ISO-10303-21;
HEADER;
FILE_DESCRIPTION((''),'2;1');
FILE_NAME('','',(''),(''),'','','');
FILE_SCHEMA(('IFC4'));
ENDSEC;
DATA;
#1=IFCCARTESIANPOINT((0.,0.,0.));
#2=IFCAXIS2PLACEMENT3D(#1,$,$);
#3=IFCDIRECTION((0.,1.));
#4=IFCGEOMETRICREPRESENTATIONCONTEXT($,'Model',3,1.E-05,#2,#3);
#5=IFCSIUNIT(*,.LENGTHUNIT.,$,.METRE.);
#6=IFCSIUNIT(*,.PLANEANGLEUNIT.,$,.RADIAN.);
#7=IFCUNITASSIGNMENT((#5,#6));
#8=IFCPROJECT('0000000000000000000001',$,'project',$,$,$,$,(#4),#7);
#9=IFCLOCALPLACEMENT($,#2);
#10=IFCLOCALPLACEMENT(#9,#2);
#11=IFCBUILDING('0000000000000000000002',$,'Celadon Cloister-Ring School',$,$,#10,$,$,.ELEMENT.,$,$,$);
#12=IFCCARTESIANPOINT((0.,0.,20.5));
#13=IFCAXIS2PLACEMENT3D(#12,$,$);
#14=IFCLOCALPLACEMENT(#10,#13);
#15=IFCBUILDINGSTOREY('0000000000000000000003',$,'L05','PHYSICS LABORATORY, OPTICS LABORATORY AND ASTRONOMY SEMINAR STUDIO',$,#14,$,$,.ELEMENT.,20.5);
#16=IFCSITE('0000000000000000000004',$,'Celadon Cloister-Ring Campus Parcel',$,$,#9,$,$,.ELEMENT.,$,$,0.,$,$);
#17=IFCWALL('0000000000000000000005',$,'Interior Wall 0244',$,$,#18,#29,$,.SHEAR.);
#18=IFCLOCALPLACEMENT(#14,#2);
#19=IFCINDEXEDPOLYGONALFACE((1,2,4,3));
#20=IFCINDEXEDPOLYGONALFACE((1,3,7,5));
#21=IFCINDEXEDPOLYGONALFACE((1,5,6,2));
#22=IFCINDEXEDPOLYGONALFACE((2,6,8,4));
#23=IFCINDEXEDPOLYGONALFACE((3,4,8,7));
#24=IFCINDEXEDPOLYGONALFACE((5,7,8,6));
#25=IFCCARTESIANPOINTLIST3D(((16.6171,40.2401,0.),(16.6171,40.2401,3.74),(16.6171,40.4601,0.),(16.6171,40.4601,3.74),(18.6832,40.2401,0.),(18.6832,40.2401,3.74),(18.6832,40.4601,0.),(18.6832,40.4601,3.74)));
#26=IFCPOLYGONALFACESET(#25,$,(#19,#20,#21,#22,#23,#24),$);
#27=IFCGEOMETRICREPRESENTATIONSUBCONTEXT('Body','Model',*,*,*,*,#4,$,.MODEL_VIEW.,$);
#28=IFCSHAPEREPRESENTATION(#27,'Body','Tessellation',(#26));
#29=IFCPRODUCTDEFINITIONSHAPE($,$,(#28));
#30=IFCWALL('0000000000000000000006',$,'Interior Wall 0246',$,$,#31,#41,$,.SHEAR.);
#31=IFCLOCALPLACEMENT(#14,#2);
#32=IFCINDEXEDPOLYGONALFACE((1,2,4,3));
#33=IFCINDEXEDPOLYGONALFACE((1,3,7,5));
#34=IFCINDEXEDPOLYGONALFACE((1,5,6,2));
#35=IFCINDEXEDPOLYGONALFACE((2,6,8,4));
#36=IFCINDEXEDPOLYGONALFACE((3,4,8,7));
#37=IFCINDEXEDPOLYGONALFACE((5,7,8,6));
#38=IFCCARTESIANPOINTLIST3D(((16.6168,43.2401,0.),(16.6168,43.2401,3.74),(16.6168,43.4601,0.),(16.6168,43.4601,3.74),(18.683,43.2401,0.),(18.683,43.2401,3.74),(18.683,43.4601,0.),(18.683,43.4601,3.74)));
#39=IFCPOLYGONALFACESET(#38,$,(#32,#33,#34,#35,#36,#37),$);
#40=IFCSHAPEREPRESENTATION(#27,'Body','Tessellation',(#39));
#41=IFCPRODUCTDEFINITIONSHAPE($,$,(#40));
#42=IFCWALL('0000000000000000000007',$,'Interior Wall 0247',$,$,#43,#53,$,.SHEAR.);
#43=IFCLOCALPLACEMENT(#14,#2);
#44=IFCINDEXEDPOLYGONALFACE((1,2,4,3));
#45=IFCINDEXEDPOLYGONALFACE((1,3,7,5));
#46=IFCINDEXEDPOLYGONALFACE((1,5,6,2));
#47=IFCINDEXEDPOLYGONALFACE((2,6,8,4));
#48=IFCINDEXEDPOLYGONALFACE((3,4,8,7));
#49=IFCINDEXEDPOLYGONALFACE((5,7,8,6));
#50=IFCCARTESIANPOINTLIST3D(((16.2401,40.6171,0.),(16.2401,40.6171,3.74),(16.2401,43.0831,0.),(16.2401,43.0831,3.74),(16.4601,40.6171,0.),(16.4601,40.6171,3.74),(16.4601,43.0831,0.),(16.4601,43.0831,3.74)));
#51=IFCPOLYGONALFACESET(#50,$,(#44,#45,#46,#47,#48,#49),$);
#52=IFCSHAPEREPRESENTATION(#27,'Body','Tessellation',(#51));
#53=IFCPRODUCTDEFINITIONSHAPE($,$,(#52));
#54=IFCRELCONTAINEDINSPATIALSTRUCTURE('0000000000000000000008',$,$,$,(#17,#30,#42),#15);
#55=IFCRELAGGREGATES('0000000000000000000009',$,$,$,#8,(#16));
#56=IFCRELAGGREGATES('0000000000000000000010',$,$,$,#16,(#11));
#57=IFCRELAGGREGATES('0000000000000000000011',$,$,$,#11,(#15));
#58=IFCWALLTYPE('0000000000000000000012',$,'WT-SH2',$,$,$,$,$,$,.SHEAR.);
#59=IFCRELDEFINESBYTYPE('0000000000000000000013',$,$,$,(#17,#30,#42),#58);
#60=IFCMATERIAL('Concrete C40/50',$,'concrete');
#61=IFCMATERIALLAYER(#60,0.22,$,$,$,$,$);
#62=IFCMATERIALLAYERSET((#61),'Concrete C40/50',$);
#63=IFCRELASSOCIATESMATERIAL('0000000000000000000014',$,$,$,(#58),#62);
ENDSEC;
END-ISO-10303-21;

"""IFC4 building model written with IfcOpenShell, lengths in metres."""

from ifc_helpers import new_model, si_unit, direction, frame, frame_2d, origin, place, context, subcontext, project, spatial, rectangle, extrude, material, layer, layer_set, type_object, element, save


model = new_model("IFC4")

# Units and contexts
model_context = context("Model", 3, precision=1e-05, world=origin(), true_north=direction((0.0, 1.0)))
body_context = subcontext(model_context, "Body", "Model", "MODEL_VIEW")
ifc_project = project(units=[si_unit("LENGTHUNIT", "METRE"), si_unit("PLANEANGLEUNIT", "RADIAN")], contexts=[model_context])

# Site, building, storey
site_placement = place(None, origin())
site = spatial("IfcSite", under=ifc_project, at=site_placement, Name="Celadon Cloister-Ring Campus Parcel", CompositionType="ELEMENT", RefElevation=0.0)
building_placement = place(site_placement, origin())
building = spatial("IfcBuilding", under=site, at=building_placement, Name="Celadon Cloister-Ring School", CompositionType="ELEMENT")
storey_placement = place(building_placement, frame((0.0, 0.0, 20.5)))
storey = spatial("IfcBuildingStorey", under=building, at=storey_placement, Name="L05", Description="PHYSICS LABORATORY, OPTICS LABORATORY AND ASTRONOMY SEMINAR STUDIO", CompositionType="ELEMENT", Elevation=20.5)

# Wall
ifc_material_1 = material(Name="Concrete C40/50", Category="concrete")
ifc_layer_1 = layer(ifc_material_1, 0.22)
ifc_layer_set_1 = layer_set([ifc_layer_1], Name="Concrete C40/50")
wall_type_1 = type_object("IfcWallType", Name="WT-SH2", PredefinedType="SHEAR", material=ifc_layer_set_1)
wall_1_placement = place(storey_placement, frame((16.6169, 40.3501, 0.0), z_axis=(0.0, 0.0, 1.0), x_axis=(1.0, 0.0, 0.0)))
element("IfcWall", 1, at=wall_1_placement, inside=storey, type_object=wall_type_1, Name="Interior Wall 0244", PredefinedType="SHEAR", context=body_context, shape_type="SweptSolid", body=[
    extrude(rectangle(XDim=2.0662, YDim=0.22, at=frame_2d((1.0332, 0.0))), origin(), (0.0, 0.0, 1.0), 3.74),
])

# Walls
wall_2_placement = place(storey_placement, frame((18.6831, 43.3501, 0.0), z_axis=(0.0, 0.0, 1.0), x_axis=(-1.0, 0.0, 0.0)))
element("IfcWall", 2, at=wall_2_placement, inside=storey, type_object=wall_type_1, Name="Interior Wall 0246", PredefinedType="SHEAR", context=body_context, shape_type="SweptSolid", body=[
    extrude(rectangle(XDim=2.0662, YDim=0.22, at=frame_2d((1.0332, 0.0))), origin(), (0.0, 0.0, 1.0), 3.74),
])
wall_3_placement = place(storey_placement, frame((16.3501, 43.083, 0.0), z_axis=(0.0, 0.0, 1.0), x_axis=(0.0, -1.0, 0.0)))
element("IfcWall", 3, at=wall_3_placement, inside=storey, type_object=wall_type_1, Name="Interior Wall 0247", PredefinedType="SHEAR", context=body_context, shape_type="SweptSolid", body=[
    extrude(rectangle(XDim=2.4661, YDim=0.22, at=frame_2d((1.2329, 0.0))), origin(), (0.0, 0.0, 1.0), 3.74),
])

save(model, "model.ifc")
